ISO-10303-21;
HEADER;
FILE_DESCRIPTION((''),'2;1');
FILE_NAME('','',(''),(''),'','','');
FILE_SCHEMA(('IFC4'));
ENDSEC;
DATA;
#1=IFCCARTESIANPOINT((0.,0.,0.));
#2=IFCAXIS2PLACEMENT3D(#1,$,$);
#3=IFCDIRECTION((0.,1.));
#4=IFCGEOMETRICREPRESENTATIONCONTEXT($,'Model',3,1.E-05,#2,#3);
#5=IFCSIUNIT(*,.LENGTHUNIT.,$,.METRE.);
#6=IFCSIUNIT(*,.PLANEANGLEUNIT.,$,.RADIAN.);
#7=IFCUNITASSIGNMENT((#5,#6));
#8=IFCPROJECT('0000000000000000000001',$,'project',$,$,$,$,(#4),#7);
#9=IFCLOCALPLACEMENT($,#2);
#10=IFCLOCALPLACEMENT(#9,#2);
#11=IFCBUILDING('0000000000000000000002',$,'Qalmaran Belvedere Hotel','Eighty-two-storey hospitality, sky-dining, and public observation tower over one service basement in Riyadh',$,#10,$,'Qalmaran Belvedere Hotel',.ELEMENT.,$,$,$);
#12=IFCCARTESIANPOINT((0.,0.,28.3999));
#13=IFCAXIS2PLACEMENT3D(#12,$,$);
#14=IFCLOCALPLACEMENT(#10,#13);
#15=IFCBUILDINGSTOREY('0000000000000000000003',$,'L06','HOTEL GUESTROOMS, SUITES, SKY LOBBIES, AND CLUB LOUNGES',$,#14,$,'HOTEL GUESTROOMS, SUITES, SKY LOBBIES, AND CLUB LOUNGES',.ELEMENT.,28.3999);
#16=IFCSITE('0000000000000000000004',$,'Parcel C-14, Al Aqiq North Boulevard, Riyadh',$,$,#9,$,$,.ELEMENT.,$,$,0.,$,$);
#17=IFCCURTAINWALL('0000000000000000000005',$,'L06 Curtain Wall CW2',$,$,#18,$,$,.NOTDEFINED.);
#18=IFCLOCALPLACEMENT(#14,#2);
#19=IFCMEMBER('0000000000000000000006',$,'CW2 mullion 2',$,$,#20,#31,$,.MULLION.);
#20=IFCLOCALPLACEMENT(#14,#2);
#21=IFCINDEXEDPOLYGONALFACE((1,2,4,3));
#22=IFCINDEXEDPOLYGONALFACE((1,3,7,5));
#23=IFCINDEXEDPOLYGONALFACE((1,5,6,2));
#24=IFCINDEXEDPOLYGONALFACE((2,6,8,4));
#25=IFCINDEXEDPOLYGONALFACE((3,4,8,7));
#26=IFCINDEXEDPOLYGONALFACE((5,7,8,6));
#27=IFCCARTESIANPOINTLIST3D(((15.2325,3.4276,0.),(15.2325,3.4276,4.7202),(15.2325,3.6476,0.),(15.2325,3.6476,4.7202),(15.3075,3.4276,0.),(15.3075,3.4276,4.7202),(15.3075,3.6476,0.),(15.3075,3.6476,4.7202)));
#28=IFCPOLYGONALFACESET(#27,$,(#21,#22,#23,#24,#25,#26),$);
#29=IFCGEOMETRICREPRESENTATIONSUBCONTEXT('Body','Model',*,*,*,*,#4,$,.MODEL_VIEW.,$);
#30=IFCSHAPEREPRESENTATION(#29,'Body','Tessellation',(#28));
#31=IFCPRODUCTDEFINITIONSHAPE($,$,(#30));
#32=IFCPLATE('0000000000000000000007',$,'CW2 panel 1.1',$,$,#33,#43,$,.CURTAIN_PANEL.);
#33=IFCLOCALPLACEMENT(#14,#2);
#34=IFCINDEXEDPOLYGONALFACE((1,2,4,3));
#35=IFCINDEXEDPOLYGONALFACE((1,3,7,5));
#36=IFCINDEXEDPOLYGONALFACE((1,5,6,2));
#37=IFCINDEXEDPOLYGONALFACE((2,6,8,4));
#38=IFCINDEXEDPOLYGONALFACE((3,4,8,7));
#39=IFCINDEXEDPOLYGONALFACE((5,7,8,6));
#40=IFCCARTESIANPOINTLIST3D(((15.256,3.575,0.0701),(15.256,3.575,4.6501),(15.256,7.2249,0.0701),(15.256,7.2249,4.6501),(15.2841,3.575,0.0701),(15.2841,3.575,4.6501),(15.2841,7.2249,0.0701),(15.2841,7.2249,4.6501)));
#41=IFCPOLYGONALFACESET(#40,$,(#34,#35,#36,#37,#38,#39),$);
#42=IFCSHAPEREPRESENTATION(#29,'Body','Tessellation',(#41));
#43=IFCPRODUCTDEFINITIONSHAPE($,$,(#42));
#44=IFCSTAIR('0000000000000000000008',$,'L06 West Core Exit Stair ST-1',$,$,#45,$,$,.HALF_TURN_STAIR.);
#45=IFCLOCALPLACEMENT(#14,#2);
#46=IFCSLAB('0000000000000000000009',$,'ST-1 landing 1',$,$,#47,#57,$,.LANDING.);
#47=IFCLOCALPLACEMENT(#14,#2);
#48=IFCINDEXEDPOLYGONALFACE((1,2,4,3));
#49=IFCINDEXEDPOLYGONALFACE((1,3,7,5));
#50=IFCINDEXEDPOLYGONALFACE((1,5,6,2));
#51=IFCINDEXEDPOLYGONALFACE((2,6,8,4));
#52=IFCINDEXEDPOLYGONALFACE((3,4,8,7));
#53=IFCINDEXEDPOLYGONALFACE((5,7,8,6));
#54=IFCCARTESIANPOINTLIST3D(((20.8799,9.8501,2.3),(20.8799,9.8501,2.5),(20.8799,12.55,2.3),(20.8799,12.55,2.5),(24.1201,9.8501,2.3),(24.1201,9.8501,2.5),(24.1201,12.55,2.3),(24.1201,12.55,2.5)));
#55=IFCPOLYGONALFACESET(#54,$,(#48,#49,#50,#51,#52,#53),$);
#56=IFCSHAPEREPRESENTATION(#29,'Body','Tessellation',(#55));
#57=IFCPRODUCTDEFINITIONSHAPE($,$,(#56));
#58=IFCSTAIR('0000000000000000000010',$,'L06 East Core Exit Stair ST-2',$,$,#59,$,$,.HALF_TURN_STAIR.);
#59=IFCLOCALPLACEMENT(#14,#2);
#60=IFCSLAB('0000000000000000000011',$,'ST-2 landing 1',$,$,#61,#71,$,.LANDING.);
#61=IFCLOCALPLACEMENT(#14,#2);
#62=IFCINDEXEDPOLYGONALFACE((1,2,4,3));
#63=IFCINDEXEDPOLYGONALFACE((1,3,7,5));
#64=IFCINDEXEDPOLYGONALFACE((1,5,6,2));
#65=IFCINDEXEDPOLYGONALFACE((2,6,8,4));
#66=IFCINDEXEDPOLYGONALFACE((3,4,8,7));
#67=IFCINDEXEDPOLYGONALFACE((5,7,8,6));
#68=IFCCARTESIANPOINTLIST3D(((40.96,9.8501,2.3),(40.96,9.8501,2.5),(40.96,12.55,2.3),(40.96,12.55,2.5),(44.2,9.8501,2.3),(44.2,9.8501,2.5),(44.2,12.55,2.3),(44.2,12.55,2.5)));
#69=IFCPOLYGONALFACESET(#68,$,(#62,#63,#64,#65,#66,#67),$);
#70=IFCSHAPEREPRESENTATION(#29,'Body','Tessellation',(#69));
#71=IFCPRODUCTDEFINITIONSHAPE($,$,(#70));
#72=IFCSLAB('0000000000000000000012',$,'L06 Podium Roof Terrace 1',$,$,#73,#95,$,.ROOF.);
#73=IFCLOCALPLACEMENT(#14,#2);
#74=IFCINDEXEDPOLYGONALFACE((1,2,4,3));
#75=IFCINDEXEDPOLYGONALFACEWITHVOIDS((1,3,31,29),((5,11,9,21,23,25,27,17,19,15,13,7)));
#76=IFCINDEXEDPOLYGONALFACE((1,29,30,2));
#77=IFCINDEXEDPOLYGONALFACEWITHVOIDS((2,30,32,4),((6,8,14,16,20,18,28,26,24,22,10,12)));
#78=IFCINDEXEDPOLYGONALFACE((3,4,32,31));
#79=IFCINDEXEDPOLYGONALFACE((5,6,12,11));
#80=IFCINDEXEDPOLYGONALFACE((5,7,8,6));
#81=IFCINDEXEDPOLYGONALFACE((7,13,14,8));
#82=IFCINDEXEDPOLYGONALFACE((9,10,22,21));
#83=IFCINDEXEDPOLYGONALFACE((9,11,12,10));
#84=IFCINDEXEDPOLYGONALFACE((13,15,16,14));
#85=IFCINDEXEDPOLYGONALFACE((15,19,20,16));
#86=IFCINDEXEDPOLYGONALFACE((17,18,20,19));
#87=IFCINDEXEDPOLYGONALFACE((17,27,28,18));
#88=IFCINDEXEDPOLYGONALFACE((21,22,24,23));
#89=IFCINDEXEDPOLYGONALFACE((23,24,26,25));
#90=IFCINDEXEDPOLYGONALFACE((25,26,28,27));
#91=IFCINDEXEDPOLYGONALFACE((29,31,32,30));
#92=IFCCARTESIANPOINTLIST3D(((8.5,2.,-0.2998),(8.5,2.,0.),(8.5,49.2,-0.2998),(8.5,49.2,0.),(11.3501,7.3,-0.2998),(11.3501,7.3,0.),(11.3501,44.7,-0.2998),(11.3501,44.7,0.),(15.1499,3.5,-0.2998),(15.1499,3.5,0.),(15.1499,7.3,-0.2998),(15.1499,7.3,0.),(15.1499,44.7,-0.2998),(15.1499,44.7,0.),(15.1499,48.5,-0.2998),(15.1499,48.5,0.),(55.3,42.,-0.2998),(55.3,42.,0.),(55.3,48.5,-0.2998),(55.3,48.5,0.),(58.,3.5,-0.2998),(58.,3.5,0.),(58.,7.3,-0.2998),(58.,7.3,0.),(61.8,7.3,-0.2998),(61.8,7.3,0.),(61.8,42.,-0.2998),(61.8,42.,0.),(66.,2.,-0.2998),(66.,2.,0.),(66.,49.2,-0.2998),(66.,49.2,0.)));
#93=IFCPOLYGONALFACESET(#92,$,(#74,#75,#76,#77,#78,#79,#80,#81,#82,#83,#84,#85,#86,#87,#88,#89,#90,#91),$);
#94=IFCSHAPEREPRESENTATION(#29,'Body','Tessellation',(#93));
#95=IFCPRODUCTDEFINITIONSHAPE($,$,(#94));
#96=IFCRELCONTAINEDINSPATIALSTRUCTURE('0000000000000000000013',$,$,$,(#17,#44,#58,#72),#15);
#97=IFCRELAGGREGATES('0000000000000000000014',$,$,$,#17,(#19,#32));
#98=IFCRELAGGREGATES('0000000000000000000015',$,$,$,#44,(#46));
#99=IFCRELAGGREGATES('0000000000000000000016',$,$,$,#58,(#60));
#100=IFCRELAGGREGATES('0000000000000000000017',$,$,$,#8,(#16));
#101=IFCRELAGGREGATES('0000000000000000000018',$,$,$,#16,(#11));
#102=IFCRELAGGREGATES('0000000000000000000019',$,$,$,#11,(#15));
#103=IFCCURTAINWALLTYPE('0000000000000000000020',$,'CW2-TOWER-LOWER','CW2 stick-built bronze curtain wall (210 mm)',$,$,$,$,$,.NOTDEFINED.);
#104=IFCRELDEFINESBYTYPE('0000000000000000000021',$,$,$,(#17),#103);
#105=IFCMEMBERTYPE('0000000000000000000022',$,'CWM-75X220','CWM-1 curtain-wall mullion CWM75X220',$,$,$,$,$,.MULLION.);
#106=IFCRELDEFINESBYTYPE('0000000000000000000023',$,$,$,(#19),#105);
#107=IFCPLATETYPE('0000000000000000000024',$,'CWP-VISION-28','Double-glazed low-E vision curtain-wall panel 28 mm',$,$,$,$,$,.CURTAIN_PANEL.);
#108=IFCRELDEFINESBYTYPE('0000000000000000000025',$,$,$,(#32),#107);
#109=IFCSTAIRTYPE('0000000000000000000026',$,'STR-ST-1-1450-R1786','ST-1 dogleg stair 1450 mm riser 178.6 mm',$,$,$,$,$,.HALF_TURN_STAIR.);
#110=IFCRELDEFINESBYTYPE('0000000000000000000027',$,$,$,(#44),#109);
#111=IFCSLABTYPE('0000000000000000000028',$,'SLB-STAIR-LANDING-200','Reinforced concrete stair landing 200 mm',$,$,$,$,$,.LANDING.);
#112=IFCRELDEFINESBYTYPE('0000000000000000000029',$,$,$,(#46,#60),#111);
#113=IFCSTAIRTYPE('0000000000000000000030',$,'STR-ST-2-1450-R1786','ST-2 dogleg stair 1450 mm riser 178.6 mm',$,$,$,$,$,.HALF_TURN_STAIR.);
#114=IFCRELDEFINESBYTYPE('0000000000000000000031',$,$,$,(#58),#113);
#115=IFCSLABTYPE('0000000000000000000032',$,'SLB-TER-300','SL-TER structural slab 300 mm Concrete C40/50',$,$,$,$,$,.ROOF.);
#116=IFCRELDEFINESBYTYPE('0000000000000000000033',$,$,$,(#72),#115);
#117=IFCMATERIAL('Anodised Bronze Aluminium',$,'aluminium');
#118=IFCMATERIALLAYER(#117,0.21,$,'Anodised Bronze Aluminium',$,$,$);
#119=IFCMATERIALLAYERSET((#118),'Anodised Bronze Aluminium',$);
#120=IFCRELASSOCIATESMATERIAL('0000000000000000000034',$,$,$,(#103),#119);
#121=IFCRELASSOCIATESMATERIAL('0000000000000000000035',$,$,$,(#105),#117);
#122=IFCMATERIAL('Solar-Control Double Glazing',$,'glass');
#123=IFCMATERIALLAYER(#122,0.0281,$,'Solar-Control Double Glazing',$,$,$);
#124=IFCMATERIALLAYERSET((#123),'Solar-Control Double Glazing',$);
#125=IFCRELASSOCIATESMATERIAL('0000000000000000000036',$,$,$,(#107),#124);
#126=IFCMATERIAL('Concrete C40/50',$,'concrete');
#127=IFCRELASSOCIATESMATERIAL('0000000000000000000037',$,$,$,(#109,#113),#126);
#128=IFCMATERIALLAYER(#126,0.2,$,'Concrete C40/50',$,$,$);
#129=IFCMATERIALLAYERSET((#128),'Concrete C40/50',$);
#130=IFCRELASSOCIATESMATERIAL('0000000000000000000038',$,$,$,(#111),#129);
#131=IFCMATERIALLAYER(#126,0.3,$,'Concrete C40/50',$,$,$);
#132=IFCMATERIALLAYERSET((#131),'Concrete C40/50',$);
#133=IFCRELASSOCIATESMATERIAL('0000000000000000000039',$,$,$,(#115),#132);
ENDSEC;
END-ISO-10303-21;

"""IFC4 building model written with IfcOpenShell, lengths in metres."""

from ifc_helpers import new_model, si_unit, direction, frame, origin, origin_2d, place, context, subcontext, project, spatial, polyline, rectangle, outline, extrude, material, layer, layer_set, material_profile, profile_set, type_object, element, aggregate, save


model = new_model("IFC4")

# Units and contexts
model_context = context("Model", 3, precision=1e-05, world=origin(), true_north=direction((0.0, 1.0)))
body_context = subcontext(model_context, "Body", "Model", "MODEL_VIEW")
ifc_project = project(units=[si_unit("LENGTHUNIT", "METRE"), si_unit("PLANEANGLEUNIT", "RADIAN")], contexts=[model_context])

# Site, building, storey
site_placement = place(None, origin())
site = spatial("IfcSite", under=ifc_project, at=site_placement, Name="Parcel C-14, Al Aqiq North Boulevard, Riyadh", CompositionType="ELEMENT", RefElevation=0.0)
building_placement = place(site_placement, origin())
building = spatial("IfcBuilding", under=site, at=building_placement, Name="Qalmaran Belvedere Hotel", Description="Eighty-two-storey hospitality, sky-dining, and public observation tower over one service basement in Riyadh", LongName="Qalmaran Belvedere Hotel", CompositionType="ELEMENT")
storey_placement = place(building_placement, frame((0.0, 0.0, 28.3999)))
storey = spatial("IfcBuildingStorey", under=building, at=storey_placement, Name="L06", Description="HOTEL GUESTROOMS, SUITES, SKY LOBBIES, AND CLUB LOUNGES", LongName="HOTEL GUESTROOMS, SUITES, SKY LOBBIES, AND CLUB LOUNGES", CompositionType="ELEMENT", Elevation=28.3999)

# Curtain wall, member, plate
ifc_material_1 = material(Name="Anodised Bronze Aluminium", Category="aluminium")
ifc_layer_1 = layer(ifc_material_1, 0.21, Name="Anodised Bronze Aluminium")
ifc_layer_set_1 = layer_set([ifc_layer_1], Name="Anodised Bronze Aluminium")
curtain_wall_type = type_object("IfcCurtainWallType", Name="CW2-TOWER-LOWER", Description="CW2 stick-built bronze curtain wall (210 mm)", PredefinedType="NOTDEFINED", material=ifc_layer_set_1)
curtain_wall_placement = place(storey_placement, origin())
curtain_wall = element("IfcCurtainWall", 1, at=curtain_wall_placement, inside=storey, type_object=curtain_wall_type, Name="L06 Curtain Wall CW2", PredefinedType="NOTDEFINED")
ifc_material_profile = material_profile(ifc_material_1, rectangle(XDim=0.075, YDim=0.22, at=origin_2d()), Name="CWM75X220")
ifc_profile_set = profile_set([ifc_material_profile], Name="Anodised Bronze Aluminium")
member_type = type_object("IfcMemberType", Name="CWM-75X220", Description="CWM-1 curtain-wall mullion CWM75X220", PredefinedType="MULLION", material=ifc_profile_set)
member_placement = place(storey_placement, frame((15.27, 3.5376, 0.0), z_axis=(0.0, 0.0, 1.0), x_axis=(1.0, 0.0, 0.0)))
member = element("IfcMember", 2, at=member_placement, type_object=member_type, Name="CW2 mullion 2", PredefinedType="MULLION", context=body_context, shape_type="SweptSolid", body=[
    extrude(rectangle(XDim=0.075, YDim=0.22, at=origin_2d()), origin(), (0.0, 0.0, 1.0), 4.7202),
])
ifc_material_2 = material(Name="Solar-Control Double Glazing", Category="glass")
ifc_layer_2 = layer(ifc_material_2, 0.0281, Name="Solar-Control Double Glazing")
ifc_layer_set_2 = layer_set([ifc_layer_2], Name="Solar-Control Double Glazing")
plate_type = type_object("IfcPlateType", Name="CWP-VISION-28", Description="Double-glazed low-E vision curtain-wall panel 28 mm", PredefinedType="CURTAIN_PANEL", material=ifc_layer_set_2)
plate_placement = place(storey_placement, frame((15.27, 5.3999, 0.0701), z_axis=(0.0, 0.0, 1.0), x_axis=(0.0, -1.0, 0.0)))
plate = element("IfcPlate", 3, at=plate_placement, type_object=plate_type, Name="CW2 panel 1.1", PredefinedType="CURTAIN_PANEL", context=body_context, shape_type="SweptSolid", body=[
    extrude(rectangle(XDim=3.6499, YDim=0.0281, at=origin_2d()), origin(), (0.0, 0.0, 1.0), 4.5801),
])
aggregate(curtain_wall, [member, plate])

# Stairs, slabs
ifc_material_3 = material(Name="Concrete C40/50", Category="concrete")
stair_type_1 = type_object("IfcStairType", Name="STR-ST-1-1450-R1786", Description="ST-1 dogleg stair 1450 mm riser 178.6 mm", PredefinedType="HALF_TURN_STAIR", material=ifc_material_3)
stair_1_placement = place(storey_placement, origin())
stair_1 = element("IfcStair", 4, at=stair_1_placement, inside=storey, type_object=stair_type_1, Name="L06 West Core Exit Stair ST-1", PredefinedType="HALF_TURN_STAIR")
ifc_layer_3 = layer(ifc_material_3, 0.2, Name="Concrete C40/50")
ifc_layer_set_3 = layer_set([ifc_layer_3], Name="Concrete C40/50")
slab_type_1 = type_object("IfcSlabType", Name="SLB-STAIR-LANDING-200", Description="Reinforced concrete stair landing 200 mm", PredefinedType="LANDING", material=ifc_layer_set_3)
slab_1_placement = place(storey_placement, frame((0.0, 0.0, 2.3)))
slab_1 = element("IfcSlab", 5, at=slab_1_placement, type_object=slab_type_1, Name="ST-1 landing 1", PredefinedType="LANDING", context=body_context, shape_type="SweptSolid", body=[
    extrude(outline(polyline([(20.8799, 12.55), (20.8799, 9.8501), (24.1201, 9.8501), (24.1201, 12.55), (20.8799, 12.55)])), origin(), (0.0, 0.0, 1.0), 0.2),
])
aggregate(stair_1, [slab_1])
stair_type_2 = type_object("IfcStairType", Name="STR-ST-2-1450-R1786", Description="ST-2 dogleg stair 1450 mm riser 178.6 mm", PredefinedType="HALF_TURN_STAIR", material=ifc_material_3)
stair_2_placement = place(storey_placement, origin())
stair_2 = element("IfcStair", 6, at=stair_2_placement, inside=storey, type_object=stair_type_2, Name="L06 East Core Exit Stair ST-2", PredefinedType="HALF_TURN_STAIR")
slab_2_placement = place(storey_placement, frame((0.0, 0.0, 2.3)))
slab_2 = element("IfcSlab", 7, at=slab_2_placement, type_object=slab_type_1, Name="ST-2 landing 1", PredefinedType="LANDING", context=body_context, shape_type="SweptSolid", body=[
    extrude(outline(polyline([(40.96, 12.55), (40.96, 9.8501), (44.2, 9.8501), (44.2, 12.55), (40.96, 12.55)])), origin(), (0.0, 0.0, 1.0), 0.2),
])
aggregate(stair_2, [slab_2])

# Slab
ifc_layer_4 = layer(ifc_material_3, 0.3, Name="Concrete C40/50")
ifc_layer_set_4 = layer_set([ifc_layer_4], Name="Concrete C40/50")
slab_type_2 = type_object("IfcSlabType", Name="SLB-TER-300", Description="SL-TER structural slab 300 mm Concrete C40/50", PredefinedType="ROOF", material=ifc_layer_set_4)
slab_3_placement = place(storey_placement, frame((0.0, 0.0, -0.2998)))
element("IfcSlab", 8, at=slab_3_placement, inside=storey, type_object=slab_type_2, Name="L06 Podium Roof Terrace 1", PredefinedType="ROOF", context=body_context, shape_type="SweptSolid", body=[
    extrude(outline(polyline([(8.5, 49.2), (66.0, 49.2), (66.0, 2.0), (8.5, 2.0), (8.5, 49.2)]), holes=[polyline([(58.0, 3.5), (58.0, 7.3), (61.8, 7.3), (61.8, 42.0), (55.3, 42.0), (55.3, 48.5), (15.1499, 48.5), (15.1499, 44.7), (11.3501, 44.7), (11.3501, 7.3), (15.1499, 7.3), (15.1499, 3.5), (58.0, 3.5)])]), origin(), (0.0, 0.0, 1.0), 0.2998),
])

save(model, "model.ifc")
